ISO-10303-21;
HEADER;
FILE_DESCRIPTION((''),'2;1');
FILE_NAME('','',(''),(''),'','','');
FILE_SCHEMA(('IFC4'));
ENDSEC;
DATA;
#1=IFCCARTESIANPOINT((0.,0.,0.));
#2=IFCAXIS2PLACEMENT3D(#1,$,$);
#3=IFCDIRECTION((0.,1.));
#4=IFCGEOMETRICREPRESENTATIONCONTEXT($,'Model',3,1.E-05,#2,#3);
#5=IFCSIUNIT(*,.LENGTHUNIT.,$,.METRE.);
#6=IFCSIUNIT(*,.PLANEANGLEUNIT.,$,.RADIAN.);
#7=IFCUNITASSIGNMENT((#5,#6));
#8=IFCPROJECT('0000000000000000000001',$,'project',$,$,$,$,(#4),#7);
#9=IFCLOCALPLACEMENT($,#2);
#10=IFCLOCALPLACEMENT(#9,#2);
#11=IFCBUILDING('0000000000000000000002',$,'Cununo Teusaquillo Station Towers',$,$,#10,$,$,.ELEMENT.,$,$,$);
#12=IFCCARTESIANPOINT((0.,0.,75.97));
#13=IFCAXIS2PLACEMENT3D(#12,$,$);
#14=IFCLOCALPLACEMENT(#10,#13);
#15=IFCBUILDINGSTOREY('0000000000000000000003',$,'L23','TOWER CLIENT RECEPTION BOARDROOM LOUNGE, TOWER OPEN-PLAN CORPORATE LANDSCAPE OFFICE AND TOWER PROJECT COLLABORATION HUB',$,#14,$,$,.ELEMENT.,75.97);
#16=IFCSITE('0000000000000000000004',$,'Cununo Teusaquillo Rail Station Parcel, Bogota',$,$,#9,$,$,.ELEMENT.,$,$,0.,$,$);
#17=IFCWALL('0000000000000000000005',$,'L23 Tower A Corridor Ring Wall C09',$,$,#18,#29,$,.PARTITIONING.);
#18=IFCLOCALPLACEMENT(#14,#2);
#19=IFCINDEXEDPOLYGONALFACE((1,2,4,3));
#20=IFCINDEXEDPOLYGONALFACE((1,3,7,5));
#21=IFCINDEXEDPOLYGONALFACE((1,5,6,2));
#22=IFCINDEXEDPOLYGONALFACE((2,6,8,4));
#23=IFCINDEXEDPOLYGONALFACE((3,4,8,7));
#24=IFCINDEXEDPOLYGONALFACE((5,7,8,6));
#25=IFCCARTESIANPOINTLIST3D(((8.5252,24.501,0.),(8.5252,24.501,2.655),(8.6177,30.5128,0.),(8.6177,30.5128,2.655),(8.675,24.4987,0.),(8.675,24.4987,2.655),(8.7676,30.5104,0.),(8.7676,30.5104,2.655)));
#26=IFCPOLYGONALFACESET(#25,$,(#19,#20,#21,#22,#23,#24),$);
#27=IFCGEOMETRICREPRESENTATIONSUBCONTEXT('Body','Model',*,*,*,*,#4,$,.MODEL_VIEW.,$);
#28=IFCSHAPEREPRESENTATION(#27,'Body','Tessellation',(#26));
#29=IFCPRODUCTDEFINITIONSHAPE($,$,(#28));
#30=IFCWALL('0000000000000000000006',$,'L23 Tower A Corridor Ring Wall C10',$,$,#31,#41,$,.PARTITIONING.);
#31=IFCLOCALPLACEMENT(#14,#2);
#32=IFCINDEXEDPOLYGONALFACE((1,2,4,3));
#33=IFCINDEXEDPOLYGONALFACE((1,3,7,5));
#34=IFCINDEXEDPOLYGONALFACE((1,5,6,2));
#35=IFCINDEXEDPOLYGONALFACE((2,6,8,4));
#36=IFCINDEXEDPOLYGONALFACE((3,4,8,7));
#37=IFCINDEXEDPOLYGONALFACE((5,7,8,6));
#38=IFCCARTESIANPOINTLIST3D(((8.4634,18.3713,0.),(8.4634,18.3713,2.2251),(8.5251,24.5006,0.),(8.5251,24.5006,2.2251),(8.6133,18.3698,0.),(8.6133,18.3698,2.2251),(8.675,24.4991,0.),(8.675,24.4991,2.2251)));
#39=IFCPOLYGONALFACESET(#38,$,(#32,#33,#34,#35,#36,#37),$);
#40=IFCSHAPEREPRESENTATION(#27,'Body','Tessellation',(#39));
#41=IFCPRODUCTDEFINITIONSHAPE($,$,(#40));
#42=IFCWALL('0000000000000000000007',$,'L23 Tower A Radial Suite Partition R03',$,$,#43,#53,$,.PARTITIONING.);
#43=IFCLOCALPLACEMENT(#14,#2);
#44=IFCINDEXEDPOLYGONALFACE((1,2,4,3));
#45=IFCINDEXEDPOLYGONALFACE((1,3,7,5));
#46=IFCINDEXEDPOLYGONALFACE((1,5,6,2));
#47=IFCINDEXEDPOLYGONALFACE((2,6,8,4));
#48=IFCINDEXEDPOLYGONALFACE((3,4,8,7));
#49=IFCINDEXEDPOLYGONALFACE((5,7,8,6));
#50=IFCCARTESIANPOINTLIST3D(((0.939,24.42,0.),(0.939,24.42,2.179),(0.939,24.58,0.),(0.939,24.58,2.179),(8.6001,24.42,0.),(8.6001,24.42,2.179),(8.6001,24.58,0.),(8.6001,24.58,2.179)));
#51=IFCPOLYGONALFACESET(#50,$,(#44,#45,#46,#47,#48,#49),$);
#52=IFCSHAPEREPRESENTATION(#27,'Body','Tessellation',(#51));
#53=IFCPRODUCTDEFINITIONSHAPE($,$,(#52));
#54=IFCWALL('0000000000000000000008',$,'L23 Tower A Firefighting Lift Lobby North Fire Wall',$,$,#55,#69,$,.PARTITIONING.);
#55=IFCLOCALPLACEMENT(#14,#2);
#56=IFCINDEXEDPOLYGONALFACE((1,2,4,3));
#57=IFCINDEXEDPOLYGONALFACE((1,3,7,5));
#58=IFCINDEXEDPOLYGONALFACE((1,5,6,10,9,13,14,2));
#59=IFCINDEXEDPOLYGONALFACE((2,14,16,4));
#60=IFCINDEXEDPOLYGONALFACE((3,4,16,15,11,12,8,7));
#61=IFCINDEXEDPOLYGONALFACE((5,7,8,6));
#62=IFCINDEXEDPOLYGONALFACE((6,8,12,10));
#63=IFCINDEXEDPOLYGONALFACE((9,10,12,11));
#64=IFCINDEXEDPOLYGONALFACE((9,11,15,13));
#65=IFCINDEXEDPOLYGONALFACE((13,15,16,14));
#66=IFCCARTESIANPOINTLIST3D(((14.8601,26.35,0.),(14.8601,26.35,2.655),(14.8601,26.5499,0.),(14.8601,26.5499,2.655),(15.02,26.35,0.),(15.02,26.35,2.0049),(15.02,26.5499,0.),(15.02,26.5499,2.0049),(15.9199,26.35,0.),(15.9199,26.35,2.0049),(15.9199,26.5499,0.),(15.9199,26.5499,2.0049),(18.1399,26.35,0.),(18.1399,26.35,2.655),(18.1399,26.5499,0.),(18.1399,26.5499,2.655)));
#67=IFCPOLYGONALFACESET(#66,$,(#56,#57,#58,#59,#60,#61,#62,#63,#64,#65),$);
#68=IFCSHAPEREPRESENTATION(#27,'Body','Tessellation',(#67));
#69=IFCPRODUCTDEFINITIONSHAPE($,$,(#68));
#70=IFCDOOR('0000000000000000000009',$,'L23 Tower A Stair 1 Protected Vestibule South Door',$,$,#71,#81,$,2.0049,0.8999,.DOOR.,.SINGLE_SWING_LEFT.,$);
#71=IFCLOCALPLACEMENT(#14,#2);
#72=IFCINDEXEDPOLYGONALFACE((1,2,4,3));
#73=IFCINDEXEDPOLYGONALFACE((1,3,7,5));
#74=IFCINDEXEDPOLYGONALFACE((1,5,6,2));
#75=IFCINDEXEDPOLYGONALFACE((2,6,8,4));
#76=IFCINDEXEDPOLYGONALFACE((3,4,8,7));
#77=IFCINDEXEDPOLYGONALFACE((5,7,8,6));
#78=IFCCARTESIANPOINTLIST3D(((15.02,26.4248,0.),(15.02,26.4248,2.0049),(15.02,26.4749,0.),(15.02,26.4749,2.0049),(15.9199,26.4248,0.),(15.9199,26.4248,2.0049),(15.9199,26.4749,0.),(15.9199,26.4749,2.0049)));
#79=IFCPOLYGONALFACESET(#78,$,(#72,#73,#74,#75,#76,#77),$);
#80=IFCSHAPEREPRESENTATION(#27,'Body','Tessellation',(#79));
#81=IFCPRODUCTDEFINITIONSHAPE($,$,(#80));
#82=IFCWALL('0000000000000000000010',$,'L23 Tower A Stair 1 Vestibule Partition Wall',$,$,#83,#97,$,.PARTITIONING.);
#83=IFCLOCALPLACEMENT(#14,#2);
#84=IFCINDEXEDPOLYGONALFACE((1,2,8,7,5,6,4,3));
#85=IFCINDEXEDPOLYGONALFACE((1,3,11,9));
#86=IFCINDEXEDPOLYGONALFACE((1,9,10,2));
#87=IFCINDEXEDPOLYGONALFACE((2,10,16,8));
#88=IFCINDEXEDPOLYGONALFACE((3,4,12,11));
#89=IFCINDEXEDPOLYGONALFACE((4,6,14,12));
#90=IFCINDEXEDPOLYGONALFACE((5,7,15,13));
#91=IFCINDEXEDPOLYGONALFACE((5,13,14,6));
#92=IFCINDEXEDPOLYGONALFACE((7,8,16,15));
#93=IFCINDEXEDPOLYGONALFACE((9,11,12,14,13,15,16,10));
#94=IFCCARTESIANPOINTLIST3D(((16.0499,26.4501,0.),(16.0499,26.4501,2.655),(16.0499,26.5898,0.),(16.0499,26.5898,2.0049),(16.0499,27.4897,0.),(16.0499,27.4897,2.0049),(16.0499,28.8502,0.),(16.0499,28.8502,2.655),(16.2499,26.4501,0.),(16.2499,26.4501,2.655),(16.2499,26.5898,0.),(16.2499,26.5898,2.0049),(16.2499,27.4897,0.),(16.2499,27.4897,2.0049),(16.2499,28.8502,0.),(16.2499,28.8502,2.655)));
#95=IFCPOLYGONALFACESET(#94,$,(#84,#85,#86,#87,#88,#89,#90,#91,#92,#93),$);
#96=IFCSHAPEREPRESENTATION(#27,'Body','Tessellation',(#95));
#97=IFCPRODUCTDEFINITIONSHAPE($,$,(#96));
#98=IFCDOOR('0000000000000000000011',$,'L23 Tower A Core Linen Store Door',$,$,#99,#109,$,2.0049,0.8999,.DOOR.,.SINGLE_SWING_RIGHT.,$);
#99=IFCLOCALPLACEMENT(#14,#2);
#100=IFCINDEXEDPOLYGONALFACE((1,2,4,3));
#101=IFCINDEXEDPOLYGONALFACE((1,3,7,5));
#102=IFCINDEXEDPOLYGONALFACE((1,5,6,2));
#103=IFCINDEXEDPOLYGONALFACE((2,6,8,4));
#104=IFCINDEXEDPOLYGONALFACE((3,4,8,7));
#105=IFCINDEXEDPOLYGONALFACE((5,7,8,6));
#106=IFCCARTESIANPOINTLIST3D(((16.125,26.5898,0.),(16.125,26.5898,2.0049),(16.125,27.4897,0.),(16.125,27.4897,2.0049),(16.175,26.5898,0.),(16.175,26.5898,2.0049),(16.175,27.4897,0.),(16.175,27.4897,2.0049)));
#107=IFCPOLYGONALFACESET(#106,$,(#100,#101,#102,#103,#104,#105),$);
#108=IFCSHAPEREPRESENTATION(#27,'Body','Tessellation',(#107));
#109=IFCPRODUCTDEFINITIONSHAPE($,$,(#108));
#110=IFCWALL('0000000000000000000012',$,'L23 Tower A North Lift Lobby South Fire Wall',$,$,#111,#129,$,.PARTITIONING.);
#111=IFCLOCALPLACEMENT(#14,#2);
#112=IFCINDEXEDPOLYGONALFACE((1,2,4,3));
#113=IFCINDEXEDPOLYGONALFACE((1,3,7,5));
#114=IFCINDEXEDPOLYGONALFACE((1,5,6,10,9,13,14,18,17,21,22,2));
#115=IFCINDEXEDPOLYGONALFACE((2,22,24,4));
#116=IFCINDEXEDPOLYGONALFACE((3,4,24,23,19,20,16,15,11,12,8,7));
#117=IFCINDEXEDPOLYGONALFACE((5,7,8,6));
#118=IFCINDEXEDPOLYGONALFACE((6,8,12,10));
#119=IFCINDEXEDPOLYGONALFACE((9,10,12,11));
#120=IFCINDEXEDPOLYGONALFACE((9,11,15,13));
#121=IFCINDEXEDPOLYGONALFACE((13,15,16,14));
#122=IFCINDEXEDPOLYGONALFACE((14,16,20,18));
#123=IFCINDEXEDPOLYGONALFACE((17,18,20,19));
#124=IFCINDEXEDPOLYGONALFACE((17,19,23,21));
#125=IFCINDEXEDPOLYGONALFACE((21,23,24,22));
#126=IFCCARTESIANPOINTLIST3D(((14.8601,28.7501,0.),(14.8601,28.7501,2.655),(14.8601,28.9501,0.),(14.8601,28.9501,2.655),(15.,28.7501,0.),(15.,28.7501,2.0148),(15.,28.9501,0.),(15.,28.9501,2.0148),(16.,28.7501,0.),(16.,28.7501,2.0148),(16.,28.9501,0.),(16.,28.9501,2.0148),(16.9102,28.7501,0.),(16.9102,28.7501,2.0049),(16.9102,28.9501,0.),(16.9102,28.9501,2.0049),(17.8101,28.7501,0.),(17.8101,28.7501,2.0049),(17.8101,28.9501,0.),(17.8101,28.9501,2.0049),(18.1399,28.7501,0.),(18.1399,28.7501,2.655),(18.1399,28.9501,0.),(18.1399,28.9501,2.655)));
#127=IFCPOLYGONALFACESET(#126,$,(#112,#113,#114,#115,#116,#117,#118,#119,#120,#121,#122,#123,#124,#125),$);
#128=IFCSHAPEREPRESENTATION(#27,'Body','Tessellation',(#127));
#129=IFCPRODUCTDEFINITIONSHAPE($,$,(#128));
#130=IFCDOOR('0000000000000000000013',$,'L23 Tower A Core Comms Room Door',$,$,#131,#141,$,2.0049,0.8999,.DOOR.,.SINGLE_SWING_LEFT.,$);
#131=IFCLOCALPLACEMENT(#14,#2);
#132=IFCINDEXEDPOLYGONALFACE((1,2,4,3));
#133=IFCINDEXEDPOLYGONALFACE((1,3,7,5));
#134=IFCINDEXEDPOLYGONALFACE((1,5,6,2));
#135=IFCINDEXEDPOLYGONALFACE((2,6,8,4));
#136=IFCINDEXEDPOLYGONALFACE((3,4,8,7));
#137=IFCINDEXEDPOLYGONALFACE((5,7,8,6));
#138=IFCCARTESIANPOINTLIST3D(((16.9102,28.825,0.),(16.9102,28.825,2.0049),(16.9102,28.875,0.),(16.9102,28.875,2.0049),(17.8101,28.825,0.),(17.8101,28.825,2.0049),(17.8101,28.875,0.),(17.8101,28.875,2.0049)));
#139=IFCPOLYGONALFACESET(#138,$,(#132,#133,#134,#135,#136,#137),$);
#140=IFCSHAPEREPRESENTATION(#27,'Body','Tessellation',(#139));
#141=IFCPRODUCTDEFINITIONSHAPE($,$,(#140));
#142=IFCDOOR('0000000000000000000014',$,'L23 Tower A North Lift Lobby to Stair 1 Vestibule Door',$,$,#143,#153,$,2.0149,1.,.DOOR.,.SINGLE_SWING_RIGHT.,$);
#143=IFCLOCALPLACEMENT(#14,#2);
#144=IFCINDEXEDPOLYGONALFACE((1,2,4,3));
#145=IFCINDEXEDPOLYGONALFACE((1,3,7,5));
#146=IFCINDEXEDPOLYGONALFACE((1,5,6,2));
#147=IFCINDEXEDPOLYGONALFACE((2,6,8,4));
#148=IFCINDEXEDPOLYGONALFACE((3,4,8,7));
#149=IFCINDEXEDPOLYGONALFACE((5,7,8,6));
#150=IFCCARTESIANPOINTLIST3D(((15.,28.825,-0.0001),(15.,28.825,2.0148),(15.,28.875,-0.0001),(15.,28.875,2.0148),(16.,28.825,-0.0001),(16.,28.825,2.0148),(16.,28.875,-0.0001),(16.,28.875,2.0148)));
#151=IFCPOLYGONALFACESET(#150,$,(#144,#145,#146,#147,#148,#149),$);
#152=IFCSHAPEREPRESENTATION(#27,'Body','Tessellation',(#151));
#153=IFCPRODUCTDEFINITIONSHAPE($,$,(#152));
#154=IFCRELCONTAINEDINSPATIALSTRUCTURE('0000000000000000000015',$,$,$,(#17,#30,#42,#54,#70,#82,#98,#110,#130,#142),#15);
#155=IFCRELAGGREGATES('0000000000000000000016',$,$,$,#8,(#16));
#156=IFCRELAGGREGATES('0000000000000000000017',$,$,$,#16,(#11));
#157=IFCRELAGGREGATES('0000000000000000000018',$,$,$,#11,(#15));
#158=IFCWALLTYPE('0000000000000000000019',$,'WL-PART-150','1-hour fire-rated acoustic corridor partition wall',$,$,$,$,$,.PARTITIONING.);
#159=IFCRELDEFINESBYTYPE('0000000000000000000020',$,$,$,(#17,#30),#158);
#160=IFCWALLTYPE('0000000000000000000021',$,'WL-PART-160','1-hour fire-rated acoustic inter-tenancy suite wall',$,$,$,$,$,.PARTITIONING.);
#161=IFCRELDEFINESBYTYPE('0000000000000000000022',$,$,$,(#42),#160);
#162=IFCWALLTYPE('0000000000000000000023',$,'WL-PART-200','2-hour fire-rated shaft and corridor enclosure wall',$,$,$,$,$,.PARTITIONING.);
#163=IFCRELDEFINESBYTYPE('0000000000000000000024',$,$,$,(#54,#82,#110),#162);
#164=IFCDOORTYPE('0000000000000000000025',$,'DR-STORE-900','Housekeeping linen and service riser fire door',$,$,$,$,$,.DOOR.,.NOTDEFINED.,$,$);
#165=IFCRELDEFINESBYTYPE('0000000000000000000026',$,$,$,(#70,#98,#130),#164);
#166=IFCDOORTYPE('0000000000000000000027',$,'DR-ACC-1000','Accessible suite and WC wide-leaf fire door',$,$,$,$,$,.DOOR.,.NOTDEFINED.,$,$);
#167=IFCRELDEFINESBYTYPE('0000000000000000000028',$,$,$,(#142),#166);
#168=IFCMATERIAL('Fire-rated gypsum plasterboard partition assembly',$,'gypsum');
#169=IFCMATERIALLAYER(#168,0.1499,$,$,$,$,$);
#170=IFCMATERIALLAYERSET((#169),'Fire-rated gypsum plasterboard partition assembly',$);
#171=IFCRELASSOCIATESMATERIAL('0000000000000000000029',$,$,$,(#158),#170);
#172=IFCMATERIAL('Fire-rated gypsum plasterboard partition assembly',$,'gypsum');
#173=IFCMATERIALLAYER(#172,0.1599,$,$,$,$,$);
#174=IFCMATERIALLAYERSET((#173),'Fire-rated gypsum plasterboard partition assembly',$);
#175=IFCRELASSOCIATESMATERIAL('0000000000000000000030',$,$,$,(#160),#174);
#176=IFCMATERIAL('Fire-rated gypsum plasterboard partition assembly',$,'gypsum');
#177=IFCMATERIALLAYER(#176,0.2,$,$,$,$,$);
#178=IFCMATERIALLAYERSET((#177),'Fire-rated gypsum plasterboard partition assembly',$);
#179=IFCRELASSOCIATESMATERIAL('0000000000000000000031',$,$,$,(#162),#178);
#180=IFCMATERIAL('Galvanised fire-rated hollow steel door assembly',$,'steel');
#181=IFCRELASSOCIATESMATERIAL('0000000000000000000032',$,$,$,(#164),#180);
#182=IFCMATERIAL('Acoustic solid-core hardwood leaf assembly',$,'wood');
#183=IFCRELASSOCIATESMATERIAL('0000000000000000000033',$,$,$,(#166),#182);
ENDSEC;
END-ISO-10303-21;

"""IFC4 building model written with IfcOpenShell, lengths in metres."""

from ifc_helpers import new_model, si_unit, direction, frame, frame_2d, origin, place, context, subcontext, project, spatial, rectangle, extrude, source, transform, mapped, material, layer, layer_set, type_object, element, fill, save


model = new_model("IFC4")

# Units and contexts
model_context = context("Model", 3, precision=1e-05, world=origin(), true_north=direction((0.0, 1.0)))
body_context = subcontext(model_context, "Body", "Model", "MODEL_VIEW")
ifc_project = project(units=[si_unit("LENGTHUNIT", "METRE"), si_unit("PLANEANGLEUNIT", "RADIAN")], contexts=[model_context])

# Site, building, storey
site_placement = place(None, origin())
site = spatial("IfcSite", under=ifc_project, at=site_placement, Name="Cununo Teusaquillo Rail Station Parcel, Bogota", CompositionType="ELEMENT", RefElevation=0.0)
building_placement = place(site_placement, origin())
building = spatial("IfcBuilding", under=site, at=building_placement, Name="Cununo Teusaquillo Station Towers", CompositionType="ELEMENT")
storey_placement = place(building_placement, frame((0.0, 0.0, 75.97)))
storey = spatial("IfcBuildingStorey", under=building, at=storey_placement, Name="L23", Description="TOWER CLIENT RECEPTION BOARDROOM LOUNGE, TOWER OPEN-PLAN CORPORATE LANDSCAPE OFFICE AND TOWER PROJECT COLLABORATION HUB", CompositionType="ELEMENT", Elevation=75.97)

# Walls
ifc_material_1 = material(Name="Fire-rated gypsum plasterboard partition assembly", Category="gypsum")
ifc_layer_1 = layer(ifc_material_1, 0.1499)
ifc_layer_set_1 = layer_set([ifc_layer_1], Name="Fire-rated gypsum plasterboard partition assembly")
wall_type_1 = type_object("IfcWallType", Name="WL-PART-150", Description="1-hour fire-rated acoustic corridor partition wall", PredefinedType="PARTITIONING", material=ifc_layer_set_1)
wall_1_placement = place(storey_placement, frame((8.6926, 30.5117, 0.0), z_axis=(0.0, 0.0, 1.0), x_axis=(-0.01539, -0.999882, 0.0)))
element("IfcWall", 1, at=wall_1_placement, inside=storey, type_object=wall_type_1, Name="L23 Tower A Corridor Ring Wall C09", PredefinedType="PARTITIONING", context=body_context, shape_type="SweptSolid", body=[
    extrude(rectangle(XDim=6.0125, YDim=0.1499, at=frame_2d((3.0063, 0.0))), origin(), (0.0, 0.0, 1.0), 2.655),
])
wall_2_placement = place(storey_placement, frame((8.6001, 24.5, 0.0), z_axis=(0.0, 0.0, 1.0), x_axis=(-0.010077, -0.999949, 0.0)))
element("IfcWall", 2, at=wall_2_placement, inside=storey, type_object=wall_type_1, Name="L23 Tower A Corridor Ring Wall C10", PredefinedType="PARTITIONING", context=body_context, shape_type="SweptSolid", body=[
    extrude(rectangle(XDim=6.1296, YDim=0.1499, at=frame_2d((3.0649, 0.0))), origin(), (0.0, 0.0, 1.0), 2.2251),
])
ifc_material_2 = material(Name="Fire-rated gypsum plasterboard partition assembly", Category="gypsum")
ifc_layer_2 = layer(ifc_material_2, 0.1599)
ifc_layer_set_2 = layer_set([ifc_layer_2], Name="Fire-rated gypsum plasterboard partition assembly")
wall_type_2 = type_object("IfcWallType", Name="WL-PART-160", Description="1-hour fire-rated acoustic inter-tenancy suite wall", PredefinedType="PARTITIONING", material=ifc_layer_set_2)
wall_3_placement = place(storey_placement, frame((8.6001, 24.5, 0.0), z_axis=(0.0, 0.0, 1.0), x_axis=(-1.0, 0.0, 0.0)))
element("IfcWall", 3, at=wall_3_placement, inside=storey, type_object=wall_type_2, Name="L23 Tower A Radial Suite Partition R03", PredefinedType="PARTITIONING", context=body_context, shape_type="SweptSolid", body=[
    extrude(rectangle(XDim=7.6611, YDim=0.1599, at=frame_2d((3.8306, 0.0))), origin(), (0.0, 0.0, 1.0), 2.179),
])

# Walls, openings, doors
ifc_material_3 = material(Name="Fire-rated gypsum plasterboard partition assembly", Category="gypsum")
ifc_layer_3 = layer(ifc_material_3, 0.2)
ifc_layer_set_3 = layer_set([ifc_layer_3], Name="Fire-rated gypsum plasterboard partition assembly")
wall_type_3 = type_object("IfcWallType", Name="WL-PART-200", Description="2-hour fire-rated shaft and corridor enclosure wall", PredefinedType="PARTITIONING", material=ifc_layer_set_3)
wall_4_placement = place(storey_placement, frame((14.8601, 26.45, 0.0), z_axis=(0.0, 0.0, 1.0), x_axis=(1.0, 0.0, 0.0)))
wall_4 = element("IfcWall", 4, at=wall_4_placement, inside=storey, type_object=wall_type_3, Name="L23 Tower A Firefighting Lift Lobby North Fire Wall", PredefinedType="PARTITIONING", context=body_context, shape_type="SweptSolid", body=[
    extrude(rectangle(XDim=3.2798, YDim=0.2, at=frame_2d((1.6399, 0.0))), origin(), (0.0, 0.0, 1.0), 2.655),
])
shared_shape_1 = source(origin(), body_context, "Body", "SweptSolid", [
    extrude(rectangle(XDim=0.8999, YDim=2.0049, at=frame_2d((0.45, 1.0024))), frame((0.0, 0.1099, 0.0), z_axis=(0.0, -1.0, 0.0), x_axis=(1.0, 0.0, 0.0)), (0.0, 0.0, 1.0), 0.22),
])
opening_1_placement = place(wall_4_placement, frame((0.1599, 0.0, 0.0)))
opening_1 = element("IfcOpeningElement", 5, at=opening_1_placement, cuts=wall_4, PredefinedType="OPENING", context=body_context, shape_type="MappedRepresentation", body=[
    mapped(shared_shape_1, transform((0.0, 0.0, 0.0), x_axis=(1.0, 0.0, 0.0), y_axis=(0.0, 1.0, 0.0), z_axis=(0.0, 0.0, 1.0), scale=1.0)),
])
ifc_material_4 = material(Name="Galvanised fire-rated hollow steel door assembly", Category="steel")
door_type_1 = type_object("IfcDoorType", Name="DR-STORE-900", Description="Housekeeping linen and service riser fire door", OperationType="NOTDEFINED", PredefinedType="DOOR", material=ifc_material_4)
shared_shape_2 = source(origin(), body_context, "Body", "SweptSolid", [
    extrude(rectangle(XDim=0.8999, YDim=2.0049, at=frame_2d((0.45, 1.0024))), frame((0.0, 0.0249, 0.0), z_axis=(0.0, -1.0, 0.0), x_axis=(1.0, 0.0, 0.0)), (0.0, 0.0, 1.0), 0.05),
])
door_1_placement = place(opening_1_placement, origin())
door_1 = element("IfcDoor", 6, at=door_1_placement, inside=storey, type_object=door_type_1, Name="L23 Tower A Stair 1 Protected Vestibule South Door", OperationType="SINGLE_SWING_LEFT", OverallHeight=2.0049, OverallWidth=0.8999, PredefinedType="DOOR", context=body_context, shape_type="MappedRepresentation", body=[
    mapped(shared_shape_2, transform((0.0, 0.0, 0.0), x_axis=(1.0, 0.0, 0.0), y_axis=(0.0, 1.0, 0.0), z_axis=(0.0, 0.0, 1.0), scale=1.0)),
])
fill(opening_1, door_1)
wall_5_placement = place(storey_placement, frame((16.1499, 26.45, 0.0), z_axis=(0.0, 0.0, 1.0), x_axis=(0.0, 1.0, 0.0)))
wall_5 = element("IfcWall", 7, at=wall_5_placement, inside=storey, type_object=wall_type_3, Name="L23 Tower A Stair 1 Vestibule Partition Wall", PredefinedType="PARTITIONING", context=body_context, shape_type="SweptSolid", body=[
    extrude(rectangle(XDim=2.4001, YDim=0.2, at=frame_2d((1.2002, 0.0))), origin(), (0.0, 0.0, 1.0), 2.655),
])
opening_2_placement = place(wall_5_placement, frame((0.1399, 0.0, 0.0)))
opening_2 = element("IfcOpeningElement", 8, at=opening_2_placement, cuts=wall_5, PredefinedType="OPENING", context=body_context, shape_type="MappedRepresentation", body=[
    mapped(shared_shape_1, transform((0.0, 0.0, 0.0), x_axis=(1.0, 0.0, 0.0), y_axis=(0.0, 1.0, 0.0), z_axis=(0.0, 0.0, 1.0), scale=1.0)),
])
door_2_placement = place(opening_2_placement, origin())
door_2 = element("IfcDoor", 9, at=door_2_placement, inside=storey, type_object=door_type_1, Name="L23 Tower A Core Linen Store Door", OperationType="SINGLE_SWING_RIGHT", OverallHeight=2.0049, OverallWidth=0.8999, PredefinedType="DOOR", context=body_context, shape_type="MappedRepresentation", body=[
    mapped(shared_shape_2, transform((0.0, 0.0, 0.0), x_axis=(1.0, 0.0, 0.0), y_axis=(0.0, 1.0, 0.0), z_axis=(0.0, 0.0, 1.0), scale=1.0)),
])
fill(opening_2, door_2)

# Wall, openings, doors
wall_6_placement = place(storey_placement, frame((14.8601, 28.8501, 0.0), z_axis=(0.0, 0.0, 1.0), x_axis=(1.0, 0.0, 0.0)))
wall_6 = element("IfcWall", 10, at=wall_6_placement, inside=storey, type_object=wall_type_3, Name="L23 Tower A North Lift Lobby South Fire Wall", PredefinedType="PARTITIONING", context=body_context, shape_type="SweptSolid", body=[
    extrude(rectangle(XDim=3.2798, YDim=0.2, at=frame_2d((1.6399, 0.0))), origin(), (0.0, 0.0, 1.0), 2.655),
])
shared_shape_3 = source(origin(), body_context, "Body", "SweptSolid", [
    extrude(rectangle(XDim=1.0, YDim=2.0149, at=frame_2d((0.5, 1.0073))), frame((0.0, 0.1099, 0.0), z_axis=(0.0, -1.0, 0.0), x_axis=(1.0, 0.0, 0.0)), (0.0, 0.0, 1.0), 0.22),
])
opening_3_placement = place(wall_6_placement, frame((0.1399, 0.0, 0.0)))
opening_3 = element("IfcOpeningElement", 11, at=opening_3_placement, cuts=wall_6, PredefinedType="OPENING", context=body_context, shape_type="MappedRepresentation", body=[
    mapped(shared_shape_3, transform((0.0, 0.0, 0.0), x_axis=(1.0, 0.0, 0.0), y_axis=(0.0, 1.0, 0.0), z_axis=(0.0, 0.0, 1.0), scale=1.0)),
])
opening_4_placement = place(wall_6_placement, frame((2.05, 0.0, 0.0)))
opening_4 = element("IfcOpeningElement", 12, at=opening_4_placement, cuts=wall_6, PredefinedType="OPENING", context=body_context, shape_type="MappedRepresentation", body=[
    mapped(shared_shape_1, transform((0.0, 0.0, 0.0), x_axis=(1.0, 0.0, 0.0), y_axis=(0.0, 1.0, 0.0), z_axis=(0.0, 0.0, 1.0), scale=1.0)),
])
door_3_placement = place(opening_4_placement, origin())
door_3 = element("IfcDoor", 13, at=door_3_placement, inside=storey, type_object=door_type_1, Name="L23 Tower A Core Comms Room Door", OperationType="SINGLE_SWING_LEFT", OverallHeight=2.0049, OverallWidth=0.8999, PredefinedType="DOOR", context=body_context, shape_type="MappedRepresentation", body=[
    mapped(shared_shape_2, transform((0.0, 0.0, 0.0), x_axis=(1.0, 0.0, 0.0), y_axis=(0.0, 1.0, 0.0), z_axis=(0.0, 0.0, 1.0), scale=1.0)),
])
fill(opening_4, door_3)
ifc_material_5 = material(Name="Acoustic solid-core hardwood leaf assembly", Category="wood")
door_type_2 = type_object("IfcDoorType", Name="DR-ACC-1000", Description="Accessible suite and WC wide-leaf fire door", OperationType="NOTDEFINED", PredefinedType="DOOR", material=ifc_material_5)
shared_shape_4 = source(origin(), body_context, "Body", "SweptSolid", [
    extrude(rectangle(XDim=1.0, YDim=2.0149, at=frame_2d((0.5, 1.0073))), frame((0.0, 0.0249, 0.0), z_axis=(0.0, -1.0, 0.0), x_axis=(1.0, 0.0, 0.0)), (0.0, 0.0, 1.0), 0.05),
])
door_4_placement = place(opening_3_placement, origin())
door_4 = element("IfcDoor", 14, at=door_4_placement, inside=storey, type_object=door_type_2, Name="L23 Tower A North Lift Lobby to Stair 1 Vestibule Door", OperationType="SINGLE_SWING_RIGHT", OverallHeight=2.0149, OverallWidth=1.0, PredefinedType="DOOR", context=body_context, shape_type="MappedRepresentation", body=[
    mapped(shared_shape_4, transform((0.0, 0.0, 0.0), x_axis=(1.0, 0.0, 0.0), y_axis=(0.0, 1.0, 0.0), z_axis=(0.0, 0.0, 1.0), scale=1.0)),
])
fill(opening_3, door_4)

save(model, "model.ifc")
